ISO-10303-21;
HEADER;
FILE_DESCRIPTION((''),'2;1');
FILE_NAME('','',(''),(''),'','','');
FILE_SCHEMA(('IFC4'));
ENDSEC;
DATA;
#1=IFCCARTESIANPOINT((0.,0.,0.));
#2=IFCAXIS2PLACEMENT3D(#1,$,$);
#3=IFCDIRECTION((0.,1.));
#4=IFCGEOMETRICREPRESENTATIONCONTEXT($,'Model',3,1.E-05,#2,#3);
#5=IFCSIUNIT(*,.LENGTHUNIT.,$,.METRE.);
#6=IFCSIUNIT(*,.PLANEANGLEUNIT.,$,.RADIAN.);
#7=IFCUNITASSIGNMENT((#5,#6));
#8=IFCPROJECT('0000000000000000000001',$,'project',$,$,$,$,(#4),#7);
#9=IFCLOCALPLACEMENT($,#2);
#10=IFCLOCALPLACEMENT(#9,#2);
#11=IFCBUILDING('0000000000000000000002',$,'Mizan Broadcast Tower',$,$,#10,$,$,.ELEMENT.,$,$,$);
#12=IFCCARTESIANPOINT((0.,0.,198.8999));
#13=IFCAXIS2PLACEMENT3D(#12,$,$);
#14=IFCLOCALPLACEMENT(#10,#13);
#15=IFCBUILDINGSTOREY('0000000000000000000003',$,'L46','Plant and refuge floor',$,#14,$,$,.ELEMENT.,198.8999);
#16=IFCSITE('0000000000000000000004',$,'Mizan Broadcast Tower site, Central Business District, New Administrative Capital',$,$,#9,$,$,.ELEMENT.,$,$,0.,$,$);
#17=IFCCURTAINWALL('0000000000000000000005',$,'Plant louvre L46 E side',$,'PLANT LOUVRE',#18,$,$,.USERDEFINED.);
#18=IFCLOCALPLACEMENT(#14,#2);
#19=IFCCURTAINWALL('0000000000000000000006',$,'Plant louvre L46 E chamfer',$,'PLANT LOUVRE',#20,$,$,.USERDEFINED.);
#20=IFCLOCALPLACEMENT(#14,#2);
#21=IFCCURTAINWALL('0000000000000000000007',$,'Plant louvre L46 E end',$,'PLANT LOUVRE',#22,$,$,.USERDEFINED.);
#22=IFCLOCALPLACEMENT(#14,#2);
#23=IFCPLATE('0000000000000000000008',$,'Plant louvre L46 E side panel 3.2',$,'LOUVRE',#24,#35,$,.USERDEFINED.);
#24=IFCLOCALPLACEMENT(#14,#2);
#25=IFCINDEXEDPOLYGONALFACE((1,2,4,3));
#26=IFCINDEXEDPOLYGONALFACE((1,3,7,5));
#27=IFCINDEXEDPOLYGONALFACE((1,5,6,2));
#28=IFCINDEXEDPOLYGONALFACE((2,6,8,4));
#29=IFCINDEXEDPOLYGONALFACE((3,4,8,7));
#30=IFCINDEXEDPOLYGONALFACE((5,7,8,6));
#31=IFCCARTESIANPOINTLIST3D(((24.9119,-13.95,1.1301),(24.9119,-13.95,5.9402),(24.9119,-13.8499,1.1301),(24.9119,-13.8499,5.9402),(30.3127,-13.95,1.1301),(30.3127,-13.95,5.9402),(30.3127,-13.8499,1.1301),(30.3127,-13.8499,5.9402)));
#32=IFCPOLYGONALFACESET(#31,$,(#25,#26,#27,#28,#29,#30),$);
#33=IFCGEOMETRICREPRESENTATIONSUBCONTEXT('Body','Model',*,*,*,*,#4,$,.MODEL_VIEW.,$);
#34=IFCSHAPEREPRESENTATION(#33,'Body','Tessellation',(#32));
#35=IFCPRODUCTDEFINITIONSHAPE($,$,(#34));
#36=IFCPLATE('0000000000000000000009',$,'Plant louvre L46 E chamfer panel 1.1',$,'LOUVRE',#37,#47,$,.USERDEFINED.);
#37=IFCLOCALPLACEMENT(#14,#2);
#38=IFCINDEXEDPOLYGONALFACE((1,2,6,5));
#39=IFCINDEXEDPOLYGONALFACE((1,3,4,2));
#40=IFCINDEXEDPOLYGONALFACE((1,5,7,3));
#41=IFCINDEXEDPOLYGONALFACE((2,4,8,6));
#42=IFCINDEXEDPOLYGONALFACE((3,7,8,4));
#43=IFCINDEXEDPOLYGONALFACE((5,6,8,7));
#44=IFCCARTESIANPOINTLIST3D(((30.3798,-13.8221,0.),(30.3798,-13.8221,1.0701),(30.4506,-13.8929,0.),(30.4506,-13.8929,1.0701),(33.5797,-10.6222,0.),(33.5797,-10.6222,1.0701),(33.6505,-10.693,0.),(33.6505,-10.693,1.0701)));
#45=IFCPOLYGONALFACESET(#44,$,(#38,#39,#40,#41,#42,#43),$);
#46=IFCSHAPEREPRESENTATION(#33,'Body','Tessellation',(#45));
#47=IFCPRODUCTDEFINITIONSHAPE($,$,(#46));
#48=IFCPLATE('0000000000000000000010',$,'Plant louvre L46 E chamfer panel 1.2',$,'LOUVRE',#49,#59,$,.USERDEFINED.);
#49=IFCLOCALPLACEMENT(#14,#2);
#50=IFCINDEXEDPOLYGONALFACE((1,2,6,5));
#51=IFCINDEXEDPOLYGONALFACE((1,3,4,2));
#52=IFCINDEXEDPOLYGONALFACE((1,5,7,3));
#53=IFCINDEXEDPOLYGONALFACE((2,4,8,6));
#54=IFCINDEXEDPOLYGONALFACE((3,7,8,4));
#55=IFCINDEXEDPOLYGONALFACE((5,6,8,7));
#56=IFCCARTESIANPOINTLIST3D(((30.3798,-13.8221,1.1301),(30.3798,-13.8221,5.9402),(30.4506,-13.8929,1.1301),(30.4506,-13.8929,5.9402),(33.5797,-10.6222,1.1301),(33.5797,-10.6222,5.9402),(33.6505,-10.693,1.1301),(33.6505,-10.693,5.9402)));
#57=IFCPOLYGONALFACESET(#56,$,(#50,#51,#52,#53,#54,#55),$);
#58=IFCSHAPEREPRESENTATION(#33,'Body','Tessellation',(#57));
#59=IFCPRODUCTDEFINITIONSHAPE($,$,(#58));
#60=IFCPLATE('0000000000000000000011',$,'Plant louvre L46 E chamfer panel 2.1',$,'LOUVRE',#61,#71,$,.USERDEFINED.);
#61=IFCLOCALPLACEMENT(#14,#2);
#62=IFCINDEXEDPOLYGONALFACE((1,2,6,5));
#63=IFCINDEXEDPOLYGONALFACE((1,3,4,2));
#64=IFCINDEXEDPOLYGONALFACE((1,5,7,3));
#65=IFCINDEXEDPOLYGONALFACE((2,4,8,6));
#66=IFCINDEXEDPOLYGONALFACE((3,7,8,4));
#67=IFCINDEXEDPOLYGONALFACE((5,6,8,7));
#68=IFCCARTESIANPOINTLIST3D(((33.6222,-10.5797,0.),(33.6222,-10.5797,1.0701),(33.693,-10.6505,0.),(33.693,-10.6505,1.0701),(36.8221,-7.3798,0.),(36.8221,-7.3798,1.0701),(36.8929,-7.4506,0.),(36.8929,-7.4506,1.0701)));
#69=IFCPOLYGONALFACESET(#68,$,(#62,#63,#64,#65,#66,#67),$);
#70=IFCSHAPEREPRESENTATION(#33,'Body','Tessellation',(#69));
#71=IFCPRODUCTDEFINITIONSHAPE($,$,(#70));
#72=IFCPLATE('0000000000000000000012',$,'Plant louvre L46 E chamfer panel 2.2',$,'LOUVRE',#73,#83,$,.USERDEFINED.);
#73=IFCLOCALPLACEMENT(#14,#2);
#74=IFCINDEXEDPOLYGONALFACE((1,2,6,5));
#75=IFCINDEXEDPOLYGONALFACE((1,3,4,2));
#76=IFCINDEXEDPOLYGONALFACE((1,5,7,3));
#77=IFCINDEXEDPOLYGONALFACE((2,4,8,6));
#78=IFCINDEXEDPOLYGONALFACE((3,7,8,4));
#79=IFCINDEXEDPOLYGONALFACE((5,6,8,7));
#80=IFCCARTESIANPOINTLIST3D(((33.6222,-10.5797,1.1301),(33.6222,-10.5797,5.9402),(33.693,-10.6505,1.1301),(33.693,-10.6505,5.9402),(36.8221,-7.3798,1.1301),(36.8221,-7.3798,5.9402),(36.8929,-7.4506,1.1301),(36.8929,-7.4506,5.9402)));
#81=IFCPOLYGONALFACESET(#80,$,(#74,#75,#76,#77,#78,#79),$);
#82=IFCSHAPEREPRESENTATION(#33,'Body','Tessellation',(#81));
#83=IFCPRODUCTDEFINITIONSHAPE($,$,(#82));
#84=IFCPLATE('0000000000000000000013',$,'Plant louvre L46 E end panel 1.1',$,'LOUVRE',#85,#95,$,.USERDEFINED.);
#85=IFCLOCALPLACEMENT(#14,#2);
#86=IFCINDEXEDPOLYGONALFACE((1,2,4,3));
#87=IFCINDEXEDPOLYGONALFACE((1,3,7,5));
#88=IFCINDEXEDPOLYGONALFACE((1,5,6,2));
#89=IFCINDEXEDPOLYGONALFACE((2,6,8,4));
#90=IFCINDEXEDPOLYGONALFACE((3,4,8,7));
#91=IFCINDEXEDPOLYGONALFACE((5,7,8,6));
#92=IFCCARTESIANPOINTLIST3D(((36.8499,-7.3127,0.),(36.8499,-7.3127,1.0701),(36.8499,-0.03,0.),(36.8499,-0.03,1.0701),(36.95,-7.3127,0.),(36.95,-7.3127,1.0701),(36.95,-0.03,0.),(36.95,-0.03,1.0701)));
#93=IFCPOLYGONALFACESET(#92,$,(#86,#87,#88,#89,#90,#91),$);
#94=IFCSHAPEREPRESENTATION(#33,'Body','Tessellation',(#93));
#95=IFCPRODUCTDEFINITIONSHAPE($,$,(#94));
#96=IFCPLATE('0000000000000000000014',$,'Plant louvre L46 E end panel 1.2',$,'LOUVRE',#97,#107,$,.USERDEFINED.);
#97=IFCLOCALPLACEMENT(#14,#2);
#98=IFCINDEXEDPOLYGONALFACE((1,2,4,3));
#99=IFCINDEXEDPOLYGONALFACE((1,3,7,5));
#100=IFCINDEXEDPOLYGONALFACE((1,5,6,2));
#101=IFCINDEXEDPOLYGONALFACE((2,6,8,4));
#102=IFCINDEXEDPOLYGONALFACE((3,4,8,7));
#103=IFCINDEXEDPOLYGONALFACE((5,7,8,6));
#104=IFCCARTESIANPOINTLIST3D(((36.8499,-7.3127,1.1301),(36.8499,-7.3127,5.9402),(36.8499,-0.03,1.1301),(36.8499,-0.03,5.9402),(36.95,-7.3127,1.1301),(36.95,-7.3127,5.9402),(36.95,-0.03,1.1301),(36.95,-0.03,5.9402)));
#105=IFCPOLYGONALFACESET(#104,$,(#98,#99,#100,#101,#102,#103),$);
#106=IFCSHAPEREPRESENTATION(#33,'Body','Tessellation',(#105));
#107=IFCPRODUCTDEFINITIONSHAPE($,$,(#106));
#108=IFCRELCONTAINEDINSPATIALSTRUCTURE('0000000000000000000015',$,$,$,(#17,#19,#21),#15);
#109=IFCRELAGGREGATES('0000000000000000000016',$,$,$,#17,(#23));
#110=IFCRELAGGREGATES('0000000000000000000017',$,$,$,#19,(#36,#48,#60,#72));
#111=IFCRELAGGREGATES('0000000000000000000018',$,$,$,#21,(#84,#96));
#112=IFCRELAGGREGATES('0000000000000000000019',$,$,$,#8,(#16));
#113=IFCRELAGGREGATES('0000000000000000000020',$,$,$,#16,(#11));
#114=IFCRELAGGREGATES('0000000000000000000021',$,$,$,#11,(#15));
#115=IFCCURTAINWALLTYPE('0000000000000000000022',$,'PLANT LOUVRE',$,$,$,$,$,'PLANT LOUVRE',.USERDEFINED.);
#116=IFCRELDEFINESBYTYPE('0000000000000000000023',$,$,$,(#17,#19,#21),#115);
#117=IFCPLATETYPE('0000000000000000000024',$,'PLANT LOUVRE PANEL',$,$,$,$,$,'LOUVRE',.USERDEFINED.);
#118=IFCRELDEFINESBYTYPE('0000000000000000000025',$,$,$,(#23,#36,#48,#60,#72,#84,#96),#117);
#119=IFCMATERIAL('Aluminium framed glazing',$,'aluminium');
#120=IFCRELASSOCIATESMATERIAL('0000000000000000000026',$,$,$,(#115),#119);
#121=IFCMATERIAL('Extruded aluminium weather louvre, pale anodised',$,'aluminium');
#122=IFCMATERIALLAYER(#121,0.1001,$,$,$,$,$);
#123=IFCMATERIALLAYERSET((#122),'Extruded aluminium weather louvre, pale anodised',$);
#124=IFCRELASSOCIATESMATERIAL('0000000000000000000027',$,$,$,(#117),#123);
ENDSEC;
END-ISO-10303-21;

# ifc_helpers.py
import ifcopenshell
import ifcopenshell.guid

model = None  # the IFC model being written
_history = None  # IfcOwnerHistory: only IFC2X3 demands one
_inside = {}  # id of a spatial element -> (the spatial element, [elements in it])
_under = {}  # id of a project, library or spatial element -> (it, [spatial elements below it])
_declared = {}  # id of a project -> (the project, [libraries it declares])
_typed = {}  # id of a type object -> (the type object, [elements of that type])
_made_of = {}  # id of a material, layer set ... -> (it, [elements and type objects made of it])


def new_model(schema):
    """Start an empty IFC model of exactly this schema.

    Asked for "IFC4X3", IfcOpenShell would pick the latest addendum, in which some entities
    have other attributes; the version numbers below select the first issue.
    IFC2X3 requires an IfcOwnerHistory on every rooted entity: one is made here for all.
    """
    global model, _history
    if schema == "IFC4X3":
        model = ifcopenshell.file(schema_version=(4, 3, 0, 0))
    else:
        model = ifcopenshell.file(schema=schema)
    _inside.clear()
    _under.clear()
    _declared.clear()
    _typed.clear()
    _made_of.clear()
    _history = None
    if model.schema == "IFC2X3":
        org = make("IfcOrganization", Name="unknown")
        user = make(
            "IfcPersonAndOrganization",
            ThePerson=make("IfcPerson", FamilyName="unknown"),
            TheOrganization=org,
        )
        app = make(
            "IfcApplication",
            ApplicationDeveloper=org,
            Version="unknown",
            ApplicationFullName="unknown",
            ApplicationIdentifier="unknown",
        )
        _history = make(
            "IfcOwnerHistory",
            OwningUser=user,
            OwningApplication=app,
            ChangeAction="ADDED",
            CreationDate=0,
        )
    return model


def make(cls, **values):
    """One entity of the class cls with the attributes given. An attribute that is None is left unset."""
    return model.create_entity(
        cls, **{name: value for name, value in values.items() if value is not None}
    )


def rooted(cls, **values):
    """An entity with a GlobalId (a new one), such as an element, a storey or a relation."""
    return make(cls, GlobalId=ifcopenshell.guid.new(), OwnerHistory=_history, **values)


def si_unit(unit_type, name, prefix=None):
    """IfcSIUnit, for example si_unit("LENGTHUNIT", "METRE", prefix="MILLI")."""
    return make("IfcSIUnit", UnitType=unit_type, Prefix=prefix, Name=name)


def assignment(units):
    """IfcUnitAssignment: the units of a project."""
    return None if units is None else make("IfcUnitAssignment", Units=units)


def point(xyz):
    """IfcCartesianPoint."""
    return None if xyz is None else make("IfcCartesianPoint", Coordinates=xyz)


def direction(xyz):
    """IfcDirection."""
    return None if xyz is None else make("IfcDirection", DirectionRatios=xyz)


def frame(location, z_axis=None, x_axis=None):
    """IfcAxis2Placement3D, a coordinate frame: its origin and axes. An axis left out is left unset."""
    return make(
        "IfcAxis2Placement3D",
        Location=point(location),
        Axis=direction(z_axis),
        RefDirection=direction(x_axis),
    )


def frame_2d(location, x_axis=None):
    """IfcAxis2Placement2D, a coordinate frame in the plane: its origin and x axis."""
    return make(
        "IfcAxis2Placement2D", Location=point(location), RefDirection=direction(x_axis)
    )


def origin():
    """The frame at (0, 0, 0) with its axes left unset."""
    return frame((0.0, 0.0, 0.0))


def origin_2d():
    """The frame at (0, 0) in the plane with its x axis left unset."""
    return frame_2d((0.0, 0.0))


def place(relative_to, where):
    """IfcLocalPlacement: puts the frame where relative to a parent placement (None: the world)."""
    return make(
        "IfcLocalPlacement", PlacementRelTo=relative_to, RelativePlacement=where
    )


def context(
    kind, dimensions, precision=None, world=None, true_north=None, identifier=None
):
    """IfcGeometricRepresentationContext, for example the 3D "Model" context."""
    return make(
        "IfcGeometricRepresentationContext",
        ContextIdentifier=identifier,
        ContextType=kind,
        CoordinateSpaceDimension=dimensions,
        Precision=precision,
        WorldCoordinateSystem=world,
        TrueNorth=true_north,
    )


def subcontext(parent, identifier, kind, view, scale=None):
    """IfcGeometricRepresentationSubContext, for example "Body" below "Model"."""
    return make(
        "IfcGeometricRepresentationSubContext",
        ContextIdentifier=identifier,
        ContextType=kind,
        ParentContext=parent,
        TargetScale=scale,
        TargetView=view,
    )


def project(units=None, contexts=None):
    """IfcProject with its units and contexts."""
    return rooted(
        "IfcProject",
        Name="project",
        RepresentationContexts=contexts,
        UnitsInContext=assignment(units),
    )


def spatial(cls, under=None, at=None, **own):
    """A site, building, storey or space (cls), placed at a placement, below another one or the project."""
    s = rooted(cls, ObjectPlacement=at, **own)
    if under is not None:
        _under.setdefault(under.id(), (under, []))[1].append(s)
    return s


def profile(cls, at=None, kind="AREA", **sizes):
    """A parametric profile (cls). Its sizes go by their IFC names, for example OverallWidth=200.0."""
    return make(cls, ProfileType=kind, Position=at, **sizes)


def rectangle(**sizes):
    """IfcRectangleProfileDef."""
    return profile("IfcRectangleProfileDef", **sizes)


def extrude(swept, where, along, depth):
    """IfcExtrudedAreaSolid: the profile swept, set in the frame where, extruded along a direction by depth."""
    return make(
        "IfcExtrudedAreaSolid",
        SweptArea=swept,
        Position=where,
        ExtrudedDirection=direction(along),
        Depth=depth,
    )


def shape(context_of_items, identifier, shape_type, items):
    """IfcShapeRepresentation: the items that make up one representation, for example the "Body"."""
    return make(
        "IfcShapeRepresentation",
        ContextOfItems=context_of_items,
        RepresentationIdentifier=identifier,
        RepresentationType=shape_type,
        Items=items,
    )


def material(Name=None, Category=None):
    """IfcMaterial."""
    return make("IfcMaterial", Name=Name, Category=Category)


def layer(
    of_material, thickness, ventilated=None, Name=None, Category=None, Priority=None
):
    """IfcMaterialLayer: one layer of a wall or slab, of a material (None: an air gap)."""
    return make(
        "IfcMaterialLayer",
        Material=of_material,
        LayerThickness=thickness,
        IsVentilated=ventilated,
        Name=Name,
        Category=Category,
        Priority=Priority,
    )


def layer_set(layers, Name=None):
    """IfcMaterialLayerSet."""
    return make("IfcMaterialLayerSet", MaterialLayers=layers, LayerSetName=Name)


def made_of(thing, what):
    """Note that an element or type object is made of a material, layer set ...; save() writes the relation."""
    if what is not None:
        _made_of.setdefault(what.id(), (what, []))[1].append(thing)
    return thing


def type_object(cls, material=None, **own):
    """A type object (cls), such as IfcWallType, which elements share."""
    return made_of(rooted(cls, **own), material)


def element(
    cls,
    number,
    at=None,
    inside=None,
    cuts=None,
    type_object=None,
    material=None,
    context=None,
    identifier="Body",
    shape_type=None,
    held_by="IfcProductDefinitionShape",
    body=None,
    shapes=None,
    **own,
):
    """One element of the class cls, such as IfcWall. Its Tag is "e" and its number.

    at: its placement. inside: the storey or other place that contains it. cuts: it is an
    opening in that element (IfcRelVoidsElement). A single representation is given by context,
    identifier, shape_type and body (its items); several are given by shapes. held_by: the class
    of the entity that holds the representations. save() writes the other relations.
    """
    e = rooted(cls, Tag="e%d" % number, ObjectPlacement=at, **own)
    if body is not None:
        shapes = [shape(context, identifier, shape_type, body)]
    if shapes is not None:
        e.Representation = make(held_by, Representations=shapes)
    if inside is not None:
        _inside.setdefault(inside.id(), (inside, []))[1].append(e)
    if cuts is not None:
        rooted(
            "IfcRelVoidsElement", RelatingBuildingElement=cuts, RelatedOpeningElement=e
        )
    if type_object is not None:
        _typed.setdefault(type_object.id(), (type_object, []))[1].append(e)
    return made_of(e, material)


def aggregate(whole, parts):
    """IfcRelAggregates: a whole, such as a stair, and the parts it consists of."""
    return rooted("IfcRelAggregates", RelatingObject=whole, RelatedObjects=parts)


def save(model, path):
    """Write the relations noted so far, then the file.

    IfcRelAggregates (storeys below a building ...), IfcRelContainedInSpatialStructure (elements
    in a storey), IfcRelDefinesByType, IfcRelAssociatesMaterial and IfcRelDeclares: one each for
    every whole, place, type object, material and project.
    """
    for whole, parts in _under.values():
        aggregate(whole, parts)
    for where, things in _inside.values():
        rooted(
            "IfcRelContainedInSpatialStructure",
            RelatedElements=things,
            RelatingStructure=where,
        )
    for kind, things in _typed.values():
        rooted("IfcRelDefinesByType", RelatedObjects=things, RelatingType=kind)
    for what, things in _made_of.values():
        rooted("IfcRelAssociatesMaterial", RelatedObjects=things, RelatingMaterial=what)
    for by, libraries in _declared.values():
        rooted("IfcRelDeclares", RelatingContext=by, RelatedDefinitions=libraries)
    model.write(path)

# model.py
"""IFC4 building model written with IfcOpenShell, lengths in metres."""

from ifc_helpers import new_model, si_unit, direction, frame, origin, origin_2d, place, context, subcontext, project, spatial, rectangle, extrude, material, layer, layer_set, type_object, element, aggregate, save


model = new_model("IFC4")

# Units and contexts
model_context = context("Model", 3, precision=1e-05, world=origin(), true_north=direction((0.0, 1.0)))
body_context = subcontext(model_context, "Body", "Model", "MODEL_VIEW")
ifc_project = project(units=[si_unit("LENGTHUNIT", "METRE"), si_unit("PLANEANGLEUNIT", "RADIAN")], contexts=[model_context])

# Site, building, storey
site_placement = place(None, origin())
site = spatial("IfcSite", under=ifc_project, at=site_placement, Name="Mizan Broadcast Tower site, Central Business District, New Administrative Capital", CompositionType="ELEMENT", RefElevation=0.0)
building_placement = place(site_placement, origin())
building = spatial("IfcBuilding", under=site, at=building_placement, Name="Mizan Broadcast Tower", CompositionType="ELEMENT")
storey_placement = place(building_placement, frame((0.0, 0.0, 198.8999)))
storey = spatial("IfcBuildingStorey", under=building, at=storey_placement, Name="L46", Description="Plant and refuge floor", CompositionType="ELEMENT", Elevation=198.8999)

# Curtain wall
ifc_material_1 = material(Name="Aluminium framed glazing", Category="aluminium")
curtain_wall_type = type_object("IfcCurtainWallType", Name="PLANT LOUVRE", ElementType="PLANT LOUVRE", PredefinedType="USERDEFINED", material=ifc_material_1)
curtain_wall_1_placement = place(storey_placement, origin())
curtain_wall_1 = element("IfcCurtainWall", 1, at=curtain_wall_1_placement, inside=storey, type_object=curtain_wall_type, Name="Plant louvre L46 E side", ObjectType="PLANT LOUVRE", PredefinedType="USERDEFINED")

# Curtain walls
curtain_wall_2_placement = place(storey_placement, origin())
curtain_wall_2 = element("IfcCurtainWall", 2, at=curtain_wall_2_placement, inside=storey, type_object=curtain_wall_type, Name="Plant louvre L46 E chamfer", ObjectType="PLANT LOUVRE", PredefinedType="USERDEFINED")
curtain_wall_3_placement = place(storey_placement, origin())
curtain_wall_3 = element("IfcCurtainWall", 3, at=curtain_wall_3_placement, inside=storey, type_object=curtain_wall_type, Name="Plant louvre L46 E end", ObjectType="PLANT LOUVRE", PredefinedType="USERDEFINED")

# Plates
ifc_material_2 = material(Name="Extruded aluminium weather louvre, pale anodised", Category="aluminium")
ifc_layer = layer(ifc_material_2, 0.1001)
ifc_layer_set = layer_set([ifc_layer], Name="Extruded aluminium weather louvre, pale anodised")
plate_type = type_object("IfcPlateType", Name="PLANT LOUVRE PANEL", ElementType="LOUVRE", PredefinedType="USERDEFINED", material=ifc_layer_set)
plate_1_placement = place(storey_placement, frame((27.6123, -13.8999, 1.1301), z_axis=(0.0, 0.0, 1.0), x_axis=(1.0, 0.0, 0.0)))
plate_1 = element("IfcPlate", 4, at=plate_1_placement, type_object=plate_type, Name="Plant louvre L46 E side panel 3.2", ObjectType="LOUVRE", PredefinedType="USERDEFINED", context=body_context, shape_type="SweptSolid", body=[
    extrude(rectangle(XDim=5.4009, YDim=0.1001, at=origin_2d()), origin(), (0.0, 0.0, 1.0), 4.8101),
])
aggregate(curtain_wall_1, [plate_1])
plate_2_placement = place(storey_placement, frame((32.0151, -12.2576, 0.0), z_axis=(0.0, 0.0, 1.0), x_axis=(0.707107, 0.707107, 0.0)))
plate_2 = element("IfcPlate", 5, at=plate_2_placement, type_object=plate_type, Name="Plant louvre L46 E chamfer panel 1.1", ObjectType="LOUVRE", PredefinedType="USERDEFINED", context=body_context, shape_type="SweptSolid", body=[
    extrude(rectangle(XDim=4.5254, YDim=0.1001, at=origin_2d()), origin(), (0.0, 0.0, 1.0), 1.0701),
])
plate_3_placement = place(storey_placement, frame((32.0151, -12.2576, 1.1301), z_axis=(0.0, 0.0, 1.0), x_axis=(0.707107, 0.707107, 0.0)))
plate_3 = element("IfcPlate", 6, at=plate_3_placement, type_object=plate_type, Name="Plant louvre L46 E chamfer panel 1.2", ObjectType="LOUVRE", PredefinedType="USERDEFINED", context=body_context, shape_type="SweptSolid", body=[
    extrude(rectangle(XDim=4.5254, YDim=0.1001, at=origin_2d()), origin(), (0.0, 0.0, 1.0), 4.8101),
])
plate_4_placement = place(storey_placement, frame((35.2576, -9.0151, 0.0), z_axis=(0.0, 0.0, 1.0), x_axis=(0.707107, 0.707107, 0.0)))
plate_4 = element("IfcPlate", 7, at=plate_4_placement, type_object=plate_type, Name="Plant louvre L46 E chamfer panel 2.1", ObjectType="LOUVRE", PredefinedType="USERDEFINED", context=body_context, shape_type="SweptSolid", body=[
    extrude(rectangle(XDim=4.5254, YDim=0.1001, at=origin_2d()), origin(), (0.0, 0.0, 1.0), 1.0701),
])
plate_5_placement = place(storey_placement, frame((35.2576, -9.0151, 1.1301), z_axis=(0.0, 0.0, 1.0), x_axis=(0.707107, 0.707107, 0.0)))
plate_5 = element("IfcPlate", 8, at=plate_5_placement, type_object=plate_type, Name="Plant louvre L46 E chamfer panel 2.2", ObjectType="LOUVRE", PredefinedType="USERDEFINED", context=body_context, shape_type="SweptSolid", body=[
    extrude(rectangle(XDim=4.5254, YDim=0.1001, at=origin_2d()), origin(), (0.0, 0.0, 1.0), 4.8101),
])
aggregate(curtain_wall_2, [plate_2, plate_3, plate_4, plate_5])
plate_6_placement = place(storey_placement, frame((36.8999, -3.6714, 0.0), z_axis=(0.0, 0.0, 1.0), x_axis=(0.0, 1.0, 0.0)))
plate_6 = element("IfcPlate", 9, at=plate_6_placement, type_object=plate_type, Name="Plant louvre L46 E end panel 1.1", ObjectType="LOUVRE", PredefinedType="USERDEFINED", context=body_context, shape_type="SweptSolid", body=[
    extrude(rectangle(XDim=7.2827, YDim=0.1001, at=origin_2d()), origin(), (0.0, 0.0, 1.0), 1.0701),
])
plate_7_placement = place(storey_placement, frame((36.8999, -3.6714, 1.1301), z_axis=(0.0, 0.0, 1.0), x_axis=(0.0, 1.0, 0.0)))
plate_7 = element("IfcPlate", 10, at=plate_7_placement, type_object=plate_type, Name="Plant louvre L46 E end panel 1.2", ObjectType="LOUVRE", PredefinedType="USERDEFINED", context=body_context, shape_type="SweptSolid", body=[
    extrude(rectangle(XDim=7.2827, YDim=0.1001, at=origin_2d()), origin(), (0.0, 0.0, 1.0), 4.8101),
])
aggregate(curtain_wall_3, [plate_6, plate_7])

save(model, "model.ifc")
